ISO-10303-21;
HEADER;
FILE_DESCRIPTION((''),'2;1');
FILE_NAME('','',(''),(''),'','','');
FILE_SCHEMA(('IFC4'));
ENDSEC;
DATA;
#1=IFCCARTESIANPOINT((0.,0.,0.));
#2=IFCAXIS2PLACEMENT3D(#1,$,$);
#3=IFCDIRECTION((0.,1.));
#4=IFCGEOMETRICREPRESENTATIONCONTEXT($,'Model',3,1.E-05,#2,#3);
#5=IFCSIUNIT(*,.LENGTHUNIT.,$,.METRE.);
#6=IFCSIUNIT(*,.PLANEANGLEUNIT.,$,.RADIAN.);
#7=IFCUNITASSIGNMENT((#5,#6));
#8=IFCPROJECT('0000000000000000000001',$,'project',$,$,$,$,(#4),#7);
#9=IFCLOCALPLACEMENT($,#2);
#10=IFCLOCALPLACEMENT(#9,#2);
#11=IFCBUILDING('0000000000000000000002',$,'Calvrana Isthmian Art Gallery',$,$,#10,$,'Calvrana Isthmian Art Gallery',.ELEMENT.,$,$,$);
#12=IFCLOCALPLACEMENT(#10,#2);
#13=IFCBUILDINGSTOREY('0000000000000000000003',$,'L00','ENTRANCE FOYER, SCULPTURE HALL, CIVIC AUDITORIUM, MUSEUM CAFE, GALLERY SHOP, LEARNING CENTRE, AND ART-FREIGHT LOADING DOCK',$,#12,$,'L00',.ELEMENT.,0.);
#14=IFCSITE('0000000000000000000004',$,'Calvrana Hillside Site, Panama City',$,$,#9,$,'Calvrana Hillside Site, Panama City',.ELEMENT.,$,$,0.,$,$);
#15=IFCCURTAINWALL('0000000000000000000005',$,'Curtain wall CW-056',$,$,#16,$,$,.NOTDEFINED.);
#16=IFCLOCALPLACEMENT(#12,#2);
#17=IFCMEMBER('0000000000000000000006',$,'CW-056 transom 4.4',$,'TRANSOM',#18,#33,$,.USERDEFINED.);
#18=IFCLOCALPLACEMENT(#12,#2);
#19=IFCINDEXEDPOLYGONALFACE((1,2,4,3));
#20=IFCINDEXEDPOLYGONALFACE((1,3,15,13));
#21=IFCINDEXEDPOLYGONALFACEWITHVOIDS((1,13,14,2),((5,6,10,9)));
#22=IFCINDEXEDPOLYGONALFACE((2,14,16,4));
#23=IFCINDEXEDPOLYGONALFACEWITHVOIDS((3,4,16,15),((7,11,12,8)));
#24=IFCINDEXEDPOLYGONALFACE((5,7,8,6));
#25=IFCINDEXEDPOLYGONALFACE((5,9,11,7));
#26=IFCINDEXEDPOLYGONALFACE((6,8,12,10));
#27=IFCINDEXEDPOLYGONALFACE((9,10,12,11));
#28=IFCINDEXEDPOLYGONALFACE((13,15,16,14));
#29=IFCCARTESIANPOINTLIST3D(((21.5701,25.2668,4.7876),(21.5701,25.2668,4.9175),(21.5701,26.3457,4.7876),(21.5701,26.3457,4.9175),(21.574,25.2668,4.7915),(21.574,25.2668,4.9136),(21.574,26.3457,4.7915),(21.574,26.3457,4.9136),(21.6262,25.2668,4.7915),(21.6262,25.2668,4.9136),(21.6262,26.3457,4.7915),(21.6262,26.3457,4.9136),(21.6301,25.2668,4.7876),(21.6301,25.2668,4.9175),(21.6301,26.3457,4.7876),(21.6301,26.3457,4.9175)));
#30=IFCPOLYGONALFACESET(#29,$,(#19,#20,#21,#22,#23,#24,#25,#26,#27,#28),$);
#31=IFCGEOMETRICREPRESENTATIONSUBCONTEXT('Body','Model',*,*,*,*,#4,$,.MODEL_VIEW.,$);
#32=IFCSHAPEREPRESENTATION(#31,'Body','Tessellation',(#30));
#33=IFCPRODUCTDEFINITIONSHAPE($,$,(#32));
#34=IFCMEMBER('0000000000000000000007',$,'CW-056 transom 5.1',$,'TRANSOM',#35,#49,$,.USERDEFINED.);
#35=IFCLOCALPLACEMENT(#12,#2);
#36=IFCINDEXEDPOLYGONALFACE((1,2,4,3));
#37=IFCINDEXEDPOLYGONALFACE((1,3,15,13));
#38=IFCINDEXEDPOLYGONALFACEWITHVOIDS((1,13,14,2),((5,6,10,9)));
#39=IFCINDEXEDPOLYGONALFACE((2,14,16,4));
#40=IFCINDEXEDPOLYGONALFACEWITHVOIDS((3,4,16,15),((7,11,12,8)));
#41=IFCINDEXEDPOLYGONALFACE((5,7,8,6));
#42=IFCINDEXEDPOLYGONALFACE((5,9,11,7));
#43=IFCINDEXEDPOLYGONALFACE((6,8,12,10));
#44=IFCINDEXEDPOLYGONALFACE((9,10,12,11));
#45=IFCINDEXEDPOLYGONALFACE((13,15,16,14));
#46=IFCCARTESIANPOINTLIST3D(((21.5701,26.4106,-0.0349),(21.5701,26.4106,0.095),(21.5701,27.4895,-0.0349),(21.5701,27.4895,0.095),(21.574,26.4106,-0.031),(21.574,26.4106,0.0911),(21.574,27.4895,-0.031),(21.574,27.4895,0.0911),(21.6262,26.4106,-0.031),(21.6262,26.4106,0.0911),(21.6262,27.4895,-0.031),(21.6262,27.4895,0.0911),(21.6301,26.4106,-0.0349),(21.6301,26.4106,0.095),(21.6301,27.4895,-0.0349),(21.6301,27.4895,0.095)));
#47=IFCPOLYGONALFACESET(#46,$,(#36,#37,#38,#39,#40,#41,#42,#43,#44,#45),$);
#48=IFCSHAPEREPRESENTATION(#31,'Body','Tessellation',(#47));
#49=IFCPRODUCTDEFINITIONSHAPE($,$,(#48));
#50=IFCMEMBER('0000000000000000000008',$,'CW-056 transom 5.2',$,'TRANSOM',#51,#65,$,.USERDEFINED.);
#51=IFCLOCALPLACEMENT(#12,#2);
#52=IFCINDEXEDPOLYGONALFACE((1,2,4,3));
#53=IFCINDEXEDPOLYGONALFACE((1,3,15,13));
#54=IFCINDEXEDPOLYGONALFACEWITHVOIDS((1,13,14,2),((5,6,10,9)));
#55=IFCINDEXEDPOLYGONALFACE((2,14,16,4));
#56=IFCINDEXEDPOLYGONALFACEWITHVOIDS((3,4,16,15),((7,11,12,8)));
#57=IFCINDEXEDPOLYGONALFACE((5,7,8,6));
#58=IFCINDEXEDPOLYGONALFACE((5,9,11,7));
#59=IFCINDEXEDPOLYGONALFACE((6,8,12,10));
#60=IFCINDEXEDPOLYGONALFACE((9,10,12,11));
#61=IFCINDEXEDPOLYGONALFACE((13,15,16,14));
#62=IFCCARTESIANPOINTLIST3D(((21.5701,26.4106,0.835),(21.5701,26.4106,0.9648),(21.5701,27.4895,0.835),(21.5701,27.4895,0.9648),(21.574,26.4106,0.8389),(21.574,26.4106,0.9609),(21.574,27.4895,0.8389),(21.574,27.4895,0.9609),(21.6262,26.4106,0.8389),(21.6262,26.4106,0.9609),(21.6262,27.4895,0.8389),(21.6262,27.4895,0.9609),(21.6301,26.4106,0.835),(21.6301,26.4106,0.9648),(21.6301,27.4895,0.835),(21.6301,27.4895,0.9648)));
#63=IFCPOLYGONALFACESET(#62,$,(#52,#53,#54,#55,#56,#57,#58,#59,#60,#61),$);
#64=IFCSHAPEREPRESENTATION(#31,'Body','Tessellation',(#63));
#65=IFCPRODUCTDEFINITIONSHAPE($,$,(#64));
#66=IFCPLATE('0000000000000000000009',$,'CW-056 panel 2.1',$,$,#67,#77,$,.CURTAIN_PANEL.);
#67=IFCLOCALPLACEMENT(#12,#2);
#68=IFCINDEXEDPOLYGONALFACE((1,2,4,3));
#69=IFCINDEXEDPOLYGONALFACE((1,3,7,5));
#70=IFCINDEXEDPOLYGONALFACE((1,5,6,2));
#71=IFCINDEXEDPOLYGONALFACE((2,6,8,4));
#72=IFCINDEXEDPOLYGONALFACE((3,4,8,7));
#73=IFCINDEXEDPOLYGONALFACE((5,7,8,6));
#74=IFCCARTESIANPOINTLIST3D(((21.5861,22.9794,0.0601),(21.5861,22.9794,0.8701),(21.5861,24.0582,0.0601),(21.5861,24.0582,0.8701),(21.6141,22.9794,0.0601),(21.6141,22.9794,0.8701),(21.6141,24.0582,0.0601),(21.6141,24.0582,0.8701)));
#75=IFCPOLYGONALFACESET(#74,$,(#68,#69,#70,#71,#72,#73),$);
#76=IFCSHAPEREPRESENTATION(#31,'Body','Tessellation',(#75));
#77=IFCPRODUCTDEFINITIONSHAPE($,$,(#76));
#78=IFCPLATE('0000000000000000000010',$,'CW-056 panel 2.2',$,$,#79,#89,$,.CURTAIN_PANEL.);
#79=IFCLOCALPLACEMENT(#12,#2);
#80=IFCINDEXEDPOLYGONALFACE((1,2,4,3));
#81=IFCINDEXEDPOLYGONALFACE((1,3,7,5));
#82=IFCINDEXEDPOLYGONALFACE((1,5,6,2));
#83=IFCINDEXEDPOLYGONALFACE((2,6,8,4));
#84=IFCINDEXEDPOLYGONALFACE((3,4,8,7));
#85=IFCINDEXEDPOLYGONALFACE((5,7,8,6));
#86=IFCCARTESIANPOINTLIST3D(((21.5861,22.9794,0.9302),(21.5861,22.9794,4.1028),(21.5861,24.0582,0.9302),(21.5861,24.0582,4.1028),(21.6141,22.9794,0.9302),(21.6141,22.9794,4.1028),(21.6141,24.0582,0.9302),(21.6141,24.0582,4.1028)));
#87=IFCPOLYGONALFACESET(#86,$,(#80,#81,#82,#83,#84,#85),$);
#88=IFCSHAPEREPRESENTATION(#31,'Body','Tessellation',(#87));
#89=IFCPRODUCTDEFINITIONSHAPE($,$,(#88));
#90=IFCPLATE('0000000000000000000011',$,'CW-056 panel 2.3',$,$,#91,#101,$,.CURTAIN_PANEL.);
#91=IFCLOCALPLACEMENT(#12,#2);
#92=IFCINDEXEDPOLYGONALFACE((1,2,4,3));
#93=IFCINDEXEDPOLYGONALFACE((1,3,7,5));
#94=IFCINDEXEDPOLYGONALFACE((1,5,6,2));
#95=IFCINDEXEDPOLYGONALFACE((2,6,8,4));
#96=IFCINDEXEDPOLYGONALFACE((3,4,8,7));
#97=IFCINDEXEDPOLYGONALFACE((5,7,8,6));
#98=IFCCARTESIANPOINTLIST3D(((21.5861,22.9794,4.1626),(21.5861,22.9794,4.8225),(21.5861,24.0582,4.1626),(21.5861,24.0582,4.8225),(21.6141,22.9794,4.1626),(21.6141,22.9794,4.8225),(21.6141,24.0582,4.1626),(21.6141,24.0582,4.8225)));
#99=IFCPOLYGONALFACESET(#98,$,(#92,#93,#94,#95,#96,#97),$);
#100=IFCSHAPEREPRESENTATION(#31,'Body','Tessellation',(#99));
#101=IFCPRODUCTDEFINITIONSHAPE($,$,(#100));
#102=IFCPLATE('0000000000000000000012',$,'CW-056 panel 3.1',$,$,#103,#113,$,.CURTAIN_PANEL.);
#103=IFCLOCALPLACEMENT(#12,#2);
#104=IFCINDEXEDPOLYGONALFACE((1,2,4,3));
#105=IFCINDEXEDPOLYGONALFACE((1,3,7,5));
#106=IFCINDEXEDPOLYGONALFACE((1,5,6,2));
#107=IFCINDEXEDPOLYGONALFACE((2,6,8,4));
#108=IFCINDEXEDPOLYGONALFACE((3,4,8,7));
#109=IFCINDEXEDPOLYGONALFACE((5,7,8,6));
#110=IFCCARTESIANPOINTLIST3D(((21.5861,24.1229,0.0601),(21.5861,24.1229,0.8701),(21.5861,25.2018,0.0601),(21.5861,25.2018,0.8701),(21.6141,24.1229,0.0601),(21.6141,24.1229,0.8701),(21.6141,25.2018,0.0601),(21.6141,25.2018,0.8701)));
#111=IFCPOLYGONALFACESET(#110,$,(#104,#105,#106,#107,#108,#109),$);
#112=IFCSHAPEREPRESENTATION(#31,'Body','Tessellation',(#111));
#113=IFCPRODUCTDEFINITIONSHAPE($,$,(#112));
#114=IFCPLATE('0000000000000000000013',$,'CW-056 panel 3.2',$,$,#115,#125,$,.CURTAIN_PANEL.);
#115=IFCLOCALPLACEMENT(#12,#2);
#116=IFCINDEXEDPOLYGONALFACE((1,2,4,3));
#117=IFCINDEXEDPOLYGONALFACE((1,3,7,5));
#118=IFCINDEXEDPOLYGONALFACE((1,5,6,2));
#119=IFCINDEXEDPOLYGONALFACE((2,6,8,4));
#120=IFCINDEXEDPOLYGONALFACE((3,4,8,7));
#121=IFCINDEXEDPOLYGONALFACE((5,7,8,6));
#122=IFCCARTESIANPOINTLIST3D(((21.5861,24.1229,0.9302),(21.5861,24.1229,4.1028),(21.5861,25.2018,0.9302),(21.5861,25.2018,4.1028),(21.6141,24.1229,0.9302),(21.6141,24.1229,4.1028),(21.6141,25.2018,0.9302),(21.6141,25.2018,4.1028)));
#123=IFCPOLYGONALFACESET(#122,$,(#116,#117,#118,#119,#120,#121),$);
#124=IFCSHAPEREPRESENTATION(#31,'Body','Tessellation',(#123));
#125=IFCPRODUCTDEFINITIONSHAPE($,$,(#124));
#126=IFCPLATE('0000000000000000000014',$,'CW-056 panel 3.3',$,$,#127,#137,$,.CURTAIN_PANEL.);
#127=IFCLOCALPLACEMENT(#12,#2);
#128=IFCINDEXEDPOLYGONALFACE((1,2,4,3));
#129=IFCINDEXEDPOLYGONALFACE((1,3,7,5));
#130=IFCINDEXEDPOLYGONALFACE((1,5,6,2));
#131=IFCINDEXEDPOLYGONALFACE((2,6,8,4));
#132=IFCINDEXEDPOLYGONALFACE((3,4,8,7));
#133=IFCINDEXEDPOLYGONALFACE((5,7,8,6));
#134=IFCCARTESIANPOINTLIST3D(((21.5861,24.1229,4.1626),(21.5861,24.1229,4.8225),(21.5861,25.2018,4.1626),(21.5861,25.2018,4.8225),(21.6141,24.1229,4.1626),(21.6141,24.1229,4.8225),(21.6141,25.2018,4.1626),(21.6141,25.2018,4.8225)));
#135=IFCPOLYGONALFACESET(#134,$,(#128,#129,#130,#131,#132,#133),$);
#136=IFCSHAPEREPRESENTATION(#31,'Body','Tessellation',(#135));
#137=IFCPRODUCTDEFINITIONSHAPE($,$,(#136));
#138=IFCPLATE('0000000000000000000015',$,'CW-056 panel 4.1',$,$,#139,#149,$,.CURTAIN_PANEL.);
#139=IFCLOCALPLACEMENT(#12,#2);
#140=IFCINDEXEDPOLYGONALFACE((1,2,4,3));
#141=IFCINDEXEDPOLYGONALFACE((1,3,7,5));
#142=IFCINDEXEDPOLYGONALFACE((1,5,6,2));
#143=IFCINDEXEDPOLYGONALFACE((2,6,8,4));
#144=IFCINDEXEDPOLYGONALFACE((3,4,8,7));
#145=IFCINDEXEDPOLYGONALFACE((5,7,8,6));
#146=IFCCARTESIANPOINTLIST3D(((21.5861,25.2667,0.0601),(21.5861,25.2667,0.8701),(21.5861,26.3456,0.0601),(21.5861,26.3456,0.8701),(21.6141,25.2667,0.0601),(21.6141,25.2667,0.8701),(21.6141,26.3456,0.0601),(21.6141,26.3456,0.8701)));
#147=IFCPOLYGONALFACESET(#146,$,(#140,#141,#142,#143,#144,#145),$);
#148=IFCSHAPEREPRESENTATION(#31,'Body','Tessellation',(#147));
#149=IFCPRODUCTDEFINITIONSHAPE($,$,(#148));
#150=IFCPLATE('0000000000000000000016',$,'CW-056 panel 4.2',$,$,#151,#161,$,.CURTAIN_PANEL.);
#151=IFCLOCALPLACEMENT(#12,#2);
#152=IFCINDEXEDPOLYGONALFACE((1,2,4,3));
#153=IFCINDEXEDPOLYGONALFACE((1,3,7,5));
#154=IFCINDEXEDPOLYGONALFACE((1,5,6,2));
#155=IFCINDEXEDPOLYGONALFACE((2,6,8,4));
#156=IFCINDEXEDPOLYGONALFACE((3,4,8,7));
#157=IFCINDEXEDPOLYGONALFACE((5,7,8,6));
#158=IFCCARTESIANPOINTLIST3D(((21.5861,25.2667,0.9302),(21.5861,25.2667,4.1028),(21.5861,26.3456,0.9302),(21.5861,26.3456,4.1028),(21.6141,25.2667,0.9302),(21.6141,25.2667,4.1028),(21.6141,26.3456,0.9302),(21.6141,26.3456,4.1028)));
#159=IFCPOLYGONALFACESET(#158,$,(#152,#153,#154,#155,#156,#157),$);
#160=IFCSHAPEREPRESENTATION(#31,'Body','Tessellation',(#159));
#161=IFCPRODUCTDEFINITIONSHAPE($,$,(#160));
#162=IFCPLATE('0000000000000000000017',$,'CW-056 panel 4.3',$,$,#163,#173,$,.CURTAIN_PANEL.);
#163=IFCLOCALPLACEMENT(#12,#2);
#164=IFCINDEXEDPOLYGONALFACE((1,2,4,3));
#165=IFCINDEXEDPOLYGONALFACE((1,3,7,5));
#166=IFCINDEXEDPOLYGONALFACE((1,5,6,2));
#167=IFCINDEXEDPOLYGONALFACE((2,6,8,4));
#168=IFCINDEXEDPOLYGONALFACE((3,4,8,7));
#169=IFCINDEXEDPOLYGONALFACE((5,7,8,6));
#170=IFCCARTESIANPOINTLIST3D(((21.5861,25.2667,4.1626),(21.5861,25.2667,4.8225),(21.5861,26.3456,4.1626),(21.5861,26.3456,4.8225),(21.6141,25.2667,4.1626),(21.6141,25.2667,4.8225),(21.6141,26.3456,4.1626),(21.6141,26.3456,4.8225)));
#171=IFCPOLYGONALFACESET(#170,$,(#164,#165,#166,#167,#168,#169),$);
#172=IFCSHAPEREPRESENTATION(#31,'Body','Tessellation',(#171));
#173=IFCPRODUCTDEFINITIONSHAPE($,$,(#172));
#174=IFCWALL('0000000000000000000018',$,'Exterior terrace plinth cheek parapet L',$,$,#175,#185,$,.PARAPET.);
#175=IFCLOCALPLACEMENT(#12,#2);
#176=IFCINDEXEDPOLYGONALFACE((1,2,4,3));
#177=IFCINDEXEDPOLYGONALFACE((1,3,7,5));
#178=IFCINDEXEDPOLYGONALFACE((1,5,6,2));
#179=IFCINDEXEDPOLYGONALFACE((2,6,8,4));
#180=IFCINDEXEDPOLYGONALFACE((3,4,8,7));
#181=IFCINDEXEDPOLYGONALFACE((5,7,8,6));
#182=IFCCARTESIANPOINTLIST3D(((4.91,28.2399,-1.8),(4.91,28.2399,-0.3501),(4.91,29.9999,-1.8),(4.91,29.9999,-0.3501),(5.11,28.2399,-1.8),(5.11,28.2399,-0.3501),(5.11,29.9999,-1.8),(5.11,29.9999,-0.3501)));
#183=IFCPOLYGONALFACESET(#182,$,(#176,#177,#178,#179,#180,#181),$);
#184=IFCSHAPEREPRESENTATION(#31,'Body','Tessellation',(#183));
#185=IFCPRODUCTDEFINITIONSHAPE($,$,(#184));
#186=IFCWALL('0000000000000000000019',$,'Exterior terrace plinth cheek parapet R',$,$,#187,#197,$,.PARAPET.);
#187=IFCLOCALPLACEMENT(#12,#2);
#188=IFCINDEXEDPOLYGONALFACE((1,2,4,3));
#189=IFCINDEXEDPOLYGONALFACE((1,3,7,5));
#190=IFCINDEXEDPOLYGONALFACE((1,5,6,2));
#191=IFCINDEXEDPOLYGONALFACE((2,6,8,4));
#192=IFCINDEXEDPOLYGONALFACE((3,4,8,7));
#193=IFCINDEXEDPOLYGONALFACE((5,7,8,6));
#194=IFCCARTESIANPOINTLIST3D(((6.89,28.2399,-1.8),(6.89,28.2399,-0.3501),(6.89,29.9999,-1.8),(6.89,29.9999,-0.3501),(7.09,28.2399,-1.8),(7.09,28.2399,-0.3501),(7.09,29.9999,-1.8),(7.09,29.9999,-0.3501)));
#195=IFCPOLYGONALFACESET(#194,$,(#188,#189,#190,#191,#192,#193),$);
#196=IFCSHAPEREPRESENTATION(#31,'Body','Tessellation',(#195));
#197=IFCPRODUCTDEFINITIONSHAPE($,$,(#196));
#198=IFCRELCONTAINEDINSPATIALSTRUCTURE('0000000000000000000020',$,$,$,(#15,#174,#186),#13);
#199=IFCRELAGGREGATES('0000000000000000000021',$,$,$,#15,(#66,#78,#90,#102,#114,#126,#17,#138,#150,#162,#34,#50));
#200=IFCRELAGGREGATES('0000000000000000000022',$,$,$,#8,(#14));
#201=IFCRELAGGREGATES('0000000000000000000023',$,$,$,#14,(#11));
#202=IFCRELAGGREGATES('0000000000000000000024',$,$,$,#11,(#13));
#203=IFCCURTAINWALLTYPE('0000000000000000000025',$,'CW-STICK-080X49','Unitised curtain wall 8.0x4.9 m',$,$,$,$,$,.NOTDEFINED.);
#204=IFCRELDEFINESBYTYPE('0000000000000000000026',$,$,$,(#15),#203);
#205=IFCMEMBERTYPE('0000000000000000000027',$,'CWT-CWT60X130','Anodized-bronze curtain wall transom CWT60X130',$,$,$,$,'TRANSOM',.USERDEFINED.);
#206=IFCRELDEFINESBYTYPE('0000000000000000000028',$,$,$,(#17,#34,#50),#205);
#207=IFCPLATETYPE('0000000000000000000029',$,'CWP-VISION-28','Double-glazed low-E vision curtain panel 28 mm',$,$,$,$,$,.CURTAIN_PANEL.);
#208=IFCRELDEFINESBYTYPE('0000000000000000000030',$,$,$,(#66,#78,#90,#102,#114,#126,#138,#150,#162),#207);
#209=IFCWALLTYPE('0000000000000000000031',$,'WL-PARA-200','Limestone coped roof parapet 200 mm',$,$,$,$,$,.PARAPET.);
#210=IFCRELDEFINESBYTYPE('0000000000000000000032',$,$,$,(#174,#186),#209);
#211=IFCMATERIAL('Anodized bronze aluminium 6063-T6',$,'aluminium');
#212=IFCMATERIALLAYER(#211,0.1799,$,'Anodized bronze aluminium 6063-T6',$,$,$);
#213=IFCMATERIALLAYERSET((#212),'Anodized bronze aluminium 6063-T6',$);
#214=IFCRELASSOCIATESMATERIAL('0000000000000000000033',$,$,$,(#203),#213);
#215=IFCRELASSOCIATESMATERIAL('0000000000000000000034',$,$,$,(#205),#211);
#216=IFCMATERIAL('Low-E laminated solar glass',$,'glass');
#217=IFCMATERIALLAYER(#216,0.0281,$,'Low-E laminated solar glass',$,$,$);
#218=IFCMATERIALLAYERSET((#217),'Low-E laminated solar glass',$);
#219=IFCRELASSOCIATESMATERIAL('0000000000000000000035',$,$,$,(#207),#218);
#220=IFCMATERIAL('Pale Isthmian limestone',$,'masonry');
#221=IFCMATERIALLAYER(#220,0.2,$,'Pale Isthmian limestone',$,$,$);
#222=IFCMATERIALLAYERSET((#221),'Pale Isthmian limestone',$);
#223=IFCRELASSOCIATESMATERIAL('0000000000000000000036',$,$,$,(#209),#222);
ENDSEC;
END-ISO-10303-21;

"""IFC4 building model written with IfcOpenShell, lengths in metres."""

from ifc_helpers import new_model, si_unit, direction, frame, frame_2d, origin, origin_2d, place, context, subcontext, project, spatial, rectangle, hollow_rectangle, extrude, material, layer, layer_set, material_profile, profile_set, type_object, element, aggregate, save


model = new_model("IFC4")

# Units and contexts
model_context = context("Model", 3, precision=1e-05, world=origin(), true_north=direction((0.0, 1.0)))
body_context = subcontext(model_context, "Body", "Model", "MODEL_VIEW")
ifc_project = project(units=[si_unit("LENGTHUNIT", "METRE"), si_unit("PLANEANGLEUNIT", "RADIAN")], contexts=[model_context])

# Site, building, storey
site_placement = place(None, origin())
site = spatial("IfcSite", under=ifc_project, at=site_placement, Name="Calvrana Hillside Site, Panama City", LongName="Calvrana Hillside Site, Panama City", CompositionType="ELEMENT", RefElevation=0.0)
building_placement = place(site_placement, origin())
building = spatial("IfcBuilding", under=site, at=building_placement, Name="Calvrana Isthmian Art Gallery", LongName="Calvrana Isthmian Art Gallery", CompositionType="ELEMENT")
storey_placement = place(building_placement, origin())
storey = spatial("IfcBuildingStorey", under=building, at=storey_placement, Name="L00", Description="ENTRANCE FOYER, SCULPTURE HALL, CIVIC AUDITORIUM, MUSEUM CAFE, GALLERY SHOP, LEARNING CENTRE, AND ART-FREIGHT LOADING DOCK", LongName="L00", CompositionType="ELEMENT", Elevation=0.0)

# Curtain wall, members, plates
ifc_material_1 = material(Name="Anodized bronze aluminium 6063-T6", Category="aluminium")
ifc_layer_1 = layer(ifc_material_1, 0.1799, Name="Anodized bronze aluminium 6063-T6")
ifc_layer_set_1 = layer_set([ifc_layer_1], Name="Anodized bronze aluminium 6063-T6")
curtain_wall_type = type_object("IfcCurtainWallType", Name="CW-STICK-080X49", Description="Unitised curtain wall 8.0x4.9 m", PredefinedType="NOTDEFINED", material=ifc_layer_set_1)
curtain_wall_placement = place(storey_placement, origin())
curtain_wall = element("IfcCurtainWall", 1, at=curtain_wall_placement, inside=storey, type_object=curtain_wall_type, Name="Curtain wall CW-056", PredefinedType="NOTDEFINED")
ifc_material_profile_1 = material_profile(ifc_material_1, hollow_rectangle(XDim=0.0601, YDim=0.1299, WallThickness=0.0039, at=origin_2d()), Name="CWT60X130")
ifc_profile_set_1 = profile_set([ifc_material_profile_1], Name="Anodized bronze aluminium 6063-T6")
member_type_1 = type_object("IfcMemberType", Name="CWT-CWT60X130", Description="Anodized-bronze curtain wall transom CWT60X130", ElementType="TRANSOM", PredefinedType="USERDEFINED", material=ifc_profile_set_1)
member_1_placement = place(storey_placement, frame((21.6001, 25.2668, 4.8525), z_axis=(0.0, 1.0, 0.0), x_axis=(-1.0, 0.0, 0.0)))
member_1 = element("IfcMember", 2, at=member_1_placement, type_object=member_type_1, Name="CW-056 transom 4.4", ObjectType="TRANSOM", PredefinedType="USERDEFINED", context=body_context, shape_type="SweptSolid", body=[
    extrude(hollow_rectangle(XDim=0.0601, YDim=0.1299, WallThickness=0.0039, at=origin_2d()), origin(), (0.0, 0.0, 1.0), 1.0789),
])
member_2_placement = place(storey_placement, frame((21.6001, 26.4106, 0.03), z_axis=(0.0, 1.0, 0.0), x_axis=(-1.0, 0.0, 0.0)))
member_2 = element("IfcMember", 3, at=member_2_placement, type_object=member_type_1, Name="CW-056 transom 5.1", ObjectType="TRANSOM", PredefinedType="USERDEFINED", context=body_context, shape_type="SweptSolid", body=[
    extrude(hollow_rectangle(XDim=0.0601, YDim=0.1299, WallThickness=0.0039, at=origin_2d()), origin(), (0.0, 0.0, 1.0), 1.0789),
])
member_3_placement = place(storey_placement, frame((21.6001, 26.4106, 0.8999), z_axis=(0.0, 1.0, 0.0), x_axis=(-1.0, 0.0, 0.0)))
member_3 = element("IfcMember", 4, at=member_3_placement, type_object=member_type_1, Name="CW-056 transom 5.2", ObjectType="TRANSOM", PredefinedType="USERDEFINED", context=body_context, shape_type="SweptSolid", body=[
    extrude(hollow_rectangle(XDim=0.0601, YDim=0.1299, WallThickness=0.0039, at=origin_2d()), origin(), (0.0, 0.0, 1.0), 1.0789),
])
ifc_material_2 = material(Name="Low-E laminated solar glass", Category="glass")
ifc_layer_2 = layer(ifc_material_2, 0.0281, Name="Low-E laminated solar glass")
ifc_layer_set_2 = layer_set([ifc_layer_2], Name="Low-E laminated solar glass")
plate_type = type_object("IfcPlateType", Name="CWP-VISION-28", Description="Double-glazed low-E vision curtain panel 28 mm", PredefinedType="CURTAIN_PANEL", material=ifc_layer_set_2)
plate_1_placement = place(storey_placement, frame((21.6001, 23.5188, 0.0601), z_axis=(0.0, 0.0, 1.0), x_axis=(0.0, 1.0, 0.0)))
plate_1 = element("IfcPlate", 5, at=plate_1_placement, type_object=plate_type, Name="CW-056 panel 2.1", PredefinedType="CURTAIN_PANEL", context=body_context, shape_type="SweptSolid", body=[
    extrude(rectangle(XDim=1.0789, YDim=0.0281, at=origin_2d()), origin(), (0.0, 0.0, 1.0), 0.8101),
])
plate_2_placement = place(storey_placement, frame((21.6001, 23.5188, 0.9302), z_axis=(0.0, 0.0, 1.0), x_axis=(0.0, 1.0, 0.0)))
plate_2 = element("IfcPlate", 6, at=plate_2_placement, type_object=plate_type, Name="CW-056 panel 2.2", PredefinedType="CURTAIN_PANEL", context=body_context, shape_type="SweptSolid", body=[
    extrude(rectangle(XDim=1.0789, YDim=0.0281, at=origin_2d()), origin(), (0.0, 0.0, 1.0), 3.1726),
])
plate_3_placement = place(storey_placement, frame((21.6001, 23.5188, 4.1626), z_axis=(0.0, 0.0, 1.0), x_axis=(0.0, 1.0, 0.0)))
plate_3 = element("IfcPlate", 7, at=plate_3_placement, type_object=plate_type, Name="CW-056 panel 2.3", PredefinedType="CURTAIN_PANEL", context=body_context, shape_type="SweptSolid", body=[
    extrude(rectangle(XDim=1.0789, YDim=0.0281, at=origin_2d()), origin(), (0.0, 0.0, 1.0), 0.6599),
])
plate_4_placement = place(storey_placement, frame((21.6001, 24.6624, 0.0601), z_axis=(0.0, 0.0, 1.0), x_axis=(0.0, 1.0, 0.0)))
plate_4 = element("IfcPlate", 8, at=plate_4_placement, type_object=plate_type, Name="CW-056 panel 3.1", PredefinedType="CURTAIN_PANEL", context=body_context, shape_type="SweptSolid", body=[
    extrude(rectangle(XDim=1.0789, YDim=0.0281, at=origin_2d()), origin(), (0.0, 0.0, 1.0), 0.8101),
])
plate_5_placement = place(storey_placement, frame((21.6001, 24.6624, 0.9302), z_axis=(0.0, 0.0, 1.0), x_axis=(0.0, 1.0, 0.0)))
plate_5 = element("IfcPlate", 9, at=plate_5_placement, type_object=plate_type, Name="CW-056 panel 3.2", PredefinedType="CURTAIN_PANEL", context=body_context, shape_type="SweptSolid", body=[
    extrude(rectangle(XDim=1.0789, YDim=0.0281, at=origin_2d()), origin(), (0.0, 0.0, 1.0), 3.1726),
])
plate_6_placement = place(storey_placement, frame((21.6001, 24.6624, 4.1626), z_axis=(0.0, 0.0, 1.0), x_axis=(0.0, 1.0, 0.0)))
plate_6 = element("IfcPlate", 10, at=plate_6_placement, type_object=plate_type, Name="CW-056 panel 3.3", PredefinedType="CURTAIN_PANEL", context=body_context, shape_type="SweptSolid", body=[
    extrude(rectangle(XDim=1.0789, YDim=0.0281, at=origin_2d()), origin(), (0.0, 0.0, 1.0), 0.6599),
])
plate_7_placement = place(storey_placement, frame((21.6001, 25.8062, 0.0601), z_axis=(0.0, 0.0, 1.0), x_axis=(0.0, 1.0, 0.0)))
plate_7 = element("IfcPlate", 11, at=plate_7_placement, type_object=plate_type, Name="CW-056 panel 4.1", PredefinedType="CURTAIN_PANEL", context=body_context, shape_type="SweptSolid", body=[
    extrude(rectangle(XDim=1.0789, YDim=0.0281, at=origin_2d()), origin(), (0.0, 0.0, 1.0), 0.8101),
])
plate_8_placement = place(storey_placement, frame((21.6001, 25.8062, 0.9302), z_axis=(0.0, 0.0, 1.0), x_axis=(0.0, 1.0, 0.0)))
plate_8 = element("IfcPlate", 12, at=plate_8_placement, type_object=plate_type, Name="CW-056 panel 4.2", PredefinedType="CURTAIN_PANEL", context=body_context, shape_type="SweptSolid", body=[
    extrude(rectangle(XDim=1.0789, YDim=0.0281, at=origin_2d()), origin(), (0.0, 0.0, 1.0), 3.1726),
])
plate_9_placement = place(storey_placement, frame((21.6001, 25.8062, 4.1626), z_axis=(0.0, 0.0, 1.0), x_axis=(0.0, 1.0, 0.0)))
plate_9 = element("IfcPlate", 13, at=plate_9_placement, type_object=plate_type, Name="CW-056 panel 4.3", PredefinedType="CURTAIN_PANEL", context=body_context, shape_type="SweptSolid", body=[
    extrude(rectangle(XDim=1.0789, YDim=0.0281, at=origin_2d()), origin(), (0.0, 0.0, 1.0), 0.6599),
])
aggregate(curtain_wall, [plate_1, plate_2, plate_3, plate_4, plate_5, plate_6, member_1, plate_7, plate_8, plate_9, member_2, member_3])

# Walls
ifc_material_3 = material(Name="Pale Isthmian limestone", Category="masonry")
ifc_layer_3 = layer(ifc_material_3, 0.2, Name="Pale Isthmian limestone")
ifc_layer_set_3 = layer_set([ifc_layer_3], Name="Pale Isthmian limestone")
wall_type_1 = type_object("IfcWallType", Name="WL-PARA-200", Description="Limestone coped roof parapet 200 mm", PredefinedType="PARAPET", material=ifc_layer_set_3)
for number, where, z_axis, x_axis, name in (
    (14, (5.01, 28.24, -1.8), (0.0, 0.0, 1.0), (0.0, 1.0, 0.0), "Exterior terrace plinth cheek parapet L"),
    (15, (6.99, 28.24, -1.8), (0.0, 0.0, 1.0), (0.0, 1.0, 0.0), "Exterior terrace plinth cheek parapet R"),
):
    element("IfcWall", number, at=place(storey_placement, frame(where, z_axis=z_axis, x_axis=x_axis)), inside=storey, type_object=wall_type_1, Name=name, PredefinedType="PARAPET", context=body_context, shape_type="SweptSolid", body=[
        extrude(rectangle(XDim=1.76, YDim=0.2, at=frame_2d((0.8799, 0.0))), origin(), (0.0, 0.0, 1.0), 1.45),
    ])

save(model, "model.ifc")
